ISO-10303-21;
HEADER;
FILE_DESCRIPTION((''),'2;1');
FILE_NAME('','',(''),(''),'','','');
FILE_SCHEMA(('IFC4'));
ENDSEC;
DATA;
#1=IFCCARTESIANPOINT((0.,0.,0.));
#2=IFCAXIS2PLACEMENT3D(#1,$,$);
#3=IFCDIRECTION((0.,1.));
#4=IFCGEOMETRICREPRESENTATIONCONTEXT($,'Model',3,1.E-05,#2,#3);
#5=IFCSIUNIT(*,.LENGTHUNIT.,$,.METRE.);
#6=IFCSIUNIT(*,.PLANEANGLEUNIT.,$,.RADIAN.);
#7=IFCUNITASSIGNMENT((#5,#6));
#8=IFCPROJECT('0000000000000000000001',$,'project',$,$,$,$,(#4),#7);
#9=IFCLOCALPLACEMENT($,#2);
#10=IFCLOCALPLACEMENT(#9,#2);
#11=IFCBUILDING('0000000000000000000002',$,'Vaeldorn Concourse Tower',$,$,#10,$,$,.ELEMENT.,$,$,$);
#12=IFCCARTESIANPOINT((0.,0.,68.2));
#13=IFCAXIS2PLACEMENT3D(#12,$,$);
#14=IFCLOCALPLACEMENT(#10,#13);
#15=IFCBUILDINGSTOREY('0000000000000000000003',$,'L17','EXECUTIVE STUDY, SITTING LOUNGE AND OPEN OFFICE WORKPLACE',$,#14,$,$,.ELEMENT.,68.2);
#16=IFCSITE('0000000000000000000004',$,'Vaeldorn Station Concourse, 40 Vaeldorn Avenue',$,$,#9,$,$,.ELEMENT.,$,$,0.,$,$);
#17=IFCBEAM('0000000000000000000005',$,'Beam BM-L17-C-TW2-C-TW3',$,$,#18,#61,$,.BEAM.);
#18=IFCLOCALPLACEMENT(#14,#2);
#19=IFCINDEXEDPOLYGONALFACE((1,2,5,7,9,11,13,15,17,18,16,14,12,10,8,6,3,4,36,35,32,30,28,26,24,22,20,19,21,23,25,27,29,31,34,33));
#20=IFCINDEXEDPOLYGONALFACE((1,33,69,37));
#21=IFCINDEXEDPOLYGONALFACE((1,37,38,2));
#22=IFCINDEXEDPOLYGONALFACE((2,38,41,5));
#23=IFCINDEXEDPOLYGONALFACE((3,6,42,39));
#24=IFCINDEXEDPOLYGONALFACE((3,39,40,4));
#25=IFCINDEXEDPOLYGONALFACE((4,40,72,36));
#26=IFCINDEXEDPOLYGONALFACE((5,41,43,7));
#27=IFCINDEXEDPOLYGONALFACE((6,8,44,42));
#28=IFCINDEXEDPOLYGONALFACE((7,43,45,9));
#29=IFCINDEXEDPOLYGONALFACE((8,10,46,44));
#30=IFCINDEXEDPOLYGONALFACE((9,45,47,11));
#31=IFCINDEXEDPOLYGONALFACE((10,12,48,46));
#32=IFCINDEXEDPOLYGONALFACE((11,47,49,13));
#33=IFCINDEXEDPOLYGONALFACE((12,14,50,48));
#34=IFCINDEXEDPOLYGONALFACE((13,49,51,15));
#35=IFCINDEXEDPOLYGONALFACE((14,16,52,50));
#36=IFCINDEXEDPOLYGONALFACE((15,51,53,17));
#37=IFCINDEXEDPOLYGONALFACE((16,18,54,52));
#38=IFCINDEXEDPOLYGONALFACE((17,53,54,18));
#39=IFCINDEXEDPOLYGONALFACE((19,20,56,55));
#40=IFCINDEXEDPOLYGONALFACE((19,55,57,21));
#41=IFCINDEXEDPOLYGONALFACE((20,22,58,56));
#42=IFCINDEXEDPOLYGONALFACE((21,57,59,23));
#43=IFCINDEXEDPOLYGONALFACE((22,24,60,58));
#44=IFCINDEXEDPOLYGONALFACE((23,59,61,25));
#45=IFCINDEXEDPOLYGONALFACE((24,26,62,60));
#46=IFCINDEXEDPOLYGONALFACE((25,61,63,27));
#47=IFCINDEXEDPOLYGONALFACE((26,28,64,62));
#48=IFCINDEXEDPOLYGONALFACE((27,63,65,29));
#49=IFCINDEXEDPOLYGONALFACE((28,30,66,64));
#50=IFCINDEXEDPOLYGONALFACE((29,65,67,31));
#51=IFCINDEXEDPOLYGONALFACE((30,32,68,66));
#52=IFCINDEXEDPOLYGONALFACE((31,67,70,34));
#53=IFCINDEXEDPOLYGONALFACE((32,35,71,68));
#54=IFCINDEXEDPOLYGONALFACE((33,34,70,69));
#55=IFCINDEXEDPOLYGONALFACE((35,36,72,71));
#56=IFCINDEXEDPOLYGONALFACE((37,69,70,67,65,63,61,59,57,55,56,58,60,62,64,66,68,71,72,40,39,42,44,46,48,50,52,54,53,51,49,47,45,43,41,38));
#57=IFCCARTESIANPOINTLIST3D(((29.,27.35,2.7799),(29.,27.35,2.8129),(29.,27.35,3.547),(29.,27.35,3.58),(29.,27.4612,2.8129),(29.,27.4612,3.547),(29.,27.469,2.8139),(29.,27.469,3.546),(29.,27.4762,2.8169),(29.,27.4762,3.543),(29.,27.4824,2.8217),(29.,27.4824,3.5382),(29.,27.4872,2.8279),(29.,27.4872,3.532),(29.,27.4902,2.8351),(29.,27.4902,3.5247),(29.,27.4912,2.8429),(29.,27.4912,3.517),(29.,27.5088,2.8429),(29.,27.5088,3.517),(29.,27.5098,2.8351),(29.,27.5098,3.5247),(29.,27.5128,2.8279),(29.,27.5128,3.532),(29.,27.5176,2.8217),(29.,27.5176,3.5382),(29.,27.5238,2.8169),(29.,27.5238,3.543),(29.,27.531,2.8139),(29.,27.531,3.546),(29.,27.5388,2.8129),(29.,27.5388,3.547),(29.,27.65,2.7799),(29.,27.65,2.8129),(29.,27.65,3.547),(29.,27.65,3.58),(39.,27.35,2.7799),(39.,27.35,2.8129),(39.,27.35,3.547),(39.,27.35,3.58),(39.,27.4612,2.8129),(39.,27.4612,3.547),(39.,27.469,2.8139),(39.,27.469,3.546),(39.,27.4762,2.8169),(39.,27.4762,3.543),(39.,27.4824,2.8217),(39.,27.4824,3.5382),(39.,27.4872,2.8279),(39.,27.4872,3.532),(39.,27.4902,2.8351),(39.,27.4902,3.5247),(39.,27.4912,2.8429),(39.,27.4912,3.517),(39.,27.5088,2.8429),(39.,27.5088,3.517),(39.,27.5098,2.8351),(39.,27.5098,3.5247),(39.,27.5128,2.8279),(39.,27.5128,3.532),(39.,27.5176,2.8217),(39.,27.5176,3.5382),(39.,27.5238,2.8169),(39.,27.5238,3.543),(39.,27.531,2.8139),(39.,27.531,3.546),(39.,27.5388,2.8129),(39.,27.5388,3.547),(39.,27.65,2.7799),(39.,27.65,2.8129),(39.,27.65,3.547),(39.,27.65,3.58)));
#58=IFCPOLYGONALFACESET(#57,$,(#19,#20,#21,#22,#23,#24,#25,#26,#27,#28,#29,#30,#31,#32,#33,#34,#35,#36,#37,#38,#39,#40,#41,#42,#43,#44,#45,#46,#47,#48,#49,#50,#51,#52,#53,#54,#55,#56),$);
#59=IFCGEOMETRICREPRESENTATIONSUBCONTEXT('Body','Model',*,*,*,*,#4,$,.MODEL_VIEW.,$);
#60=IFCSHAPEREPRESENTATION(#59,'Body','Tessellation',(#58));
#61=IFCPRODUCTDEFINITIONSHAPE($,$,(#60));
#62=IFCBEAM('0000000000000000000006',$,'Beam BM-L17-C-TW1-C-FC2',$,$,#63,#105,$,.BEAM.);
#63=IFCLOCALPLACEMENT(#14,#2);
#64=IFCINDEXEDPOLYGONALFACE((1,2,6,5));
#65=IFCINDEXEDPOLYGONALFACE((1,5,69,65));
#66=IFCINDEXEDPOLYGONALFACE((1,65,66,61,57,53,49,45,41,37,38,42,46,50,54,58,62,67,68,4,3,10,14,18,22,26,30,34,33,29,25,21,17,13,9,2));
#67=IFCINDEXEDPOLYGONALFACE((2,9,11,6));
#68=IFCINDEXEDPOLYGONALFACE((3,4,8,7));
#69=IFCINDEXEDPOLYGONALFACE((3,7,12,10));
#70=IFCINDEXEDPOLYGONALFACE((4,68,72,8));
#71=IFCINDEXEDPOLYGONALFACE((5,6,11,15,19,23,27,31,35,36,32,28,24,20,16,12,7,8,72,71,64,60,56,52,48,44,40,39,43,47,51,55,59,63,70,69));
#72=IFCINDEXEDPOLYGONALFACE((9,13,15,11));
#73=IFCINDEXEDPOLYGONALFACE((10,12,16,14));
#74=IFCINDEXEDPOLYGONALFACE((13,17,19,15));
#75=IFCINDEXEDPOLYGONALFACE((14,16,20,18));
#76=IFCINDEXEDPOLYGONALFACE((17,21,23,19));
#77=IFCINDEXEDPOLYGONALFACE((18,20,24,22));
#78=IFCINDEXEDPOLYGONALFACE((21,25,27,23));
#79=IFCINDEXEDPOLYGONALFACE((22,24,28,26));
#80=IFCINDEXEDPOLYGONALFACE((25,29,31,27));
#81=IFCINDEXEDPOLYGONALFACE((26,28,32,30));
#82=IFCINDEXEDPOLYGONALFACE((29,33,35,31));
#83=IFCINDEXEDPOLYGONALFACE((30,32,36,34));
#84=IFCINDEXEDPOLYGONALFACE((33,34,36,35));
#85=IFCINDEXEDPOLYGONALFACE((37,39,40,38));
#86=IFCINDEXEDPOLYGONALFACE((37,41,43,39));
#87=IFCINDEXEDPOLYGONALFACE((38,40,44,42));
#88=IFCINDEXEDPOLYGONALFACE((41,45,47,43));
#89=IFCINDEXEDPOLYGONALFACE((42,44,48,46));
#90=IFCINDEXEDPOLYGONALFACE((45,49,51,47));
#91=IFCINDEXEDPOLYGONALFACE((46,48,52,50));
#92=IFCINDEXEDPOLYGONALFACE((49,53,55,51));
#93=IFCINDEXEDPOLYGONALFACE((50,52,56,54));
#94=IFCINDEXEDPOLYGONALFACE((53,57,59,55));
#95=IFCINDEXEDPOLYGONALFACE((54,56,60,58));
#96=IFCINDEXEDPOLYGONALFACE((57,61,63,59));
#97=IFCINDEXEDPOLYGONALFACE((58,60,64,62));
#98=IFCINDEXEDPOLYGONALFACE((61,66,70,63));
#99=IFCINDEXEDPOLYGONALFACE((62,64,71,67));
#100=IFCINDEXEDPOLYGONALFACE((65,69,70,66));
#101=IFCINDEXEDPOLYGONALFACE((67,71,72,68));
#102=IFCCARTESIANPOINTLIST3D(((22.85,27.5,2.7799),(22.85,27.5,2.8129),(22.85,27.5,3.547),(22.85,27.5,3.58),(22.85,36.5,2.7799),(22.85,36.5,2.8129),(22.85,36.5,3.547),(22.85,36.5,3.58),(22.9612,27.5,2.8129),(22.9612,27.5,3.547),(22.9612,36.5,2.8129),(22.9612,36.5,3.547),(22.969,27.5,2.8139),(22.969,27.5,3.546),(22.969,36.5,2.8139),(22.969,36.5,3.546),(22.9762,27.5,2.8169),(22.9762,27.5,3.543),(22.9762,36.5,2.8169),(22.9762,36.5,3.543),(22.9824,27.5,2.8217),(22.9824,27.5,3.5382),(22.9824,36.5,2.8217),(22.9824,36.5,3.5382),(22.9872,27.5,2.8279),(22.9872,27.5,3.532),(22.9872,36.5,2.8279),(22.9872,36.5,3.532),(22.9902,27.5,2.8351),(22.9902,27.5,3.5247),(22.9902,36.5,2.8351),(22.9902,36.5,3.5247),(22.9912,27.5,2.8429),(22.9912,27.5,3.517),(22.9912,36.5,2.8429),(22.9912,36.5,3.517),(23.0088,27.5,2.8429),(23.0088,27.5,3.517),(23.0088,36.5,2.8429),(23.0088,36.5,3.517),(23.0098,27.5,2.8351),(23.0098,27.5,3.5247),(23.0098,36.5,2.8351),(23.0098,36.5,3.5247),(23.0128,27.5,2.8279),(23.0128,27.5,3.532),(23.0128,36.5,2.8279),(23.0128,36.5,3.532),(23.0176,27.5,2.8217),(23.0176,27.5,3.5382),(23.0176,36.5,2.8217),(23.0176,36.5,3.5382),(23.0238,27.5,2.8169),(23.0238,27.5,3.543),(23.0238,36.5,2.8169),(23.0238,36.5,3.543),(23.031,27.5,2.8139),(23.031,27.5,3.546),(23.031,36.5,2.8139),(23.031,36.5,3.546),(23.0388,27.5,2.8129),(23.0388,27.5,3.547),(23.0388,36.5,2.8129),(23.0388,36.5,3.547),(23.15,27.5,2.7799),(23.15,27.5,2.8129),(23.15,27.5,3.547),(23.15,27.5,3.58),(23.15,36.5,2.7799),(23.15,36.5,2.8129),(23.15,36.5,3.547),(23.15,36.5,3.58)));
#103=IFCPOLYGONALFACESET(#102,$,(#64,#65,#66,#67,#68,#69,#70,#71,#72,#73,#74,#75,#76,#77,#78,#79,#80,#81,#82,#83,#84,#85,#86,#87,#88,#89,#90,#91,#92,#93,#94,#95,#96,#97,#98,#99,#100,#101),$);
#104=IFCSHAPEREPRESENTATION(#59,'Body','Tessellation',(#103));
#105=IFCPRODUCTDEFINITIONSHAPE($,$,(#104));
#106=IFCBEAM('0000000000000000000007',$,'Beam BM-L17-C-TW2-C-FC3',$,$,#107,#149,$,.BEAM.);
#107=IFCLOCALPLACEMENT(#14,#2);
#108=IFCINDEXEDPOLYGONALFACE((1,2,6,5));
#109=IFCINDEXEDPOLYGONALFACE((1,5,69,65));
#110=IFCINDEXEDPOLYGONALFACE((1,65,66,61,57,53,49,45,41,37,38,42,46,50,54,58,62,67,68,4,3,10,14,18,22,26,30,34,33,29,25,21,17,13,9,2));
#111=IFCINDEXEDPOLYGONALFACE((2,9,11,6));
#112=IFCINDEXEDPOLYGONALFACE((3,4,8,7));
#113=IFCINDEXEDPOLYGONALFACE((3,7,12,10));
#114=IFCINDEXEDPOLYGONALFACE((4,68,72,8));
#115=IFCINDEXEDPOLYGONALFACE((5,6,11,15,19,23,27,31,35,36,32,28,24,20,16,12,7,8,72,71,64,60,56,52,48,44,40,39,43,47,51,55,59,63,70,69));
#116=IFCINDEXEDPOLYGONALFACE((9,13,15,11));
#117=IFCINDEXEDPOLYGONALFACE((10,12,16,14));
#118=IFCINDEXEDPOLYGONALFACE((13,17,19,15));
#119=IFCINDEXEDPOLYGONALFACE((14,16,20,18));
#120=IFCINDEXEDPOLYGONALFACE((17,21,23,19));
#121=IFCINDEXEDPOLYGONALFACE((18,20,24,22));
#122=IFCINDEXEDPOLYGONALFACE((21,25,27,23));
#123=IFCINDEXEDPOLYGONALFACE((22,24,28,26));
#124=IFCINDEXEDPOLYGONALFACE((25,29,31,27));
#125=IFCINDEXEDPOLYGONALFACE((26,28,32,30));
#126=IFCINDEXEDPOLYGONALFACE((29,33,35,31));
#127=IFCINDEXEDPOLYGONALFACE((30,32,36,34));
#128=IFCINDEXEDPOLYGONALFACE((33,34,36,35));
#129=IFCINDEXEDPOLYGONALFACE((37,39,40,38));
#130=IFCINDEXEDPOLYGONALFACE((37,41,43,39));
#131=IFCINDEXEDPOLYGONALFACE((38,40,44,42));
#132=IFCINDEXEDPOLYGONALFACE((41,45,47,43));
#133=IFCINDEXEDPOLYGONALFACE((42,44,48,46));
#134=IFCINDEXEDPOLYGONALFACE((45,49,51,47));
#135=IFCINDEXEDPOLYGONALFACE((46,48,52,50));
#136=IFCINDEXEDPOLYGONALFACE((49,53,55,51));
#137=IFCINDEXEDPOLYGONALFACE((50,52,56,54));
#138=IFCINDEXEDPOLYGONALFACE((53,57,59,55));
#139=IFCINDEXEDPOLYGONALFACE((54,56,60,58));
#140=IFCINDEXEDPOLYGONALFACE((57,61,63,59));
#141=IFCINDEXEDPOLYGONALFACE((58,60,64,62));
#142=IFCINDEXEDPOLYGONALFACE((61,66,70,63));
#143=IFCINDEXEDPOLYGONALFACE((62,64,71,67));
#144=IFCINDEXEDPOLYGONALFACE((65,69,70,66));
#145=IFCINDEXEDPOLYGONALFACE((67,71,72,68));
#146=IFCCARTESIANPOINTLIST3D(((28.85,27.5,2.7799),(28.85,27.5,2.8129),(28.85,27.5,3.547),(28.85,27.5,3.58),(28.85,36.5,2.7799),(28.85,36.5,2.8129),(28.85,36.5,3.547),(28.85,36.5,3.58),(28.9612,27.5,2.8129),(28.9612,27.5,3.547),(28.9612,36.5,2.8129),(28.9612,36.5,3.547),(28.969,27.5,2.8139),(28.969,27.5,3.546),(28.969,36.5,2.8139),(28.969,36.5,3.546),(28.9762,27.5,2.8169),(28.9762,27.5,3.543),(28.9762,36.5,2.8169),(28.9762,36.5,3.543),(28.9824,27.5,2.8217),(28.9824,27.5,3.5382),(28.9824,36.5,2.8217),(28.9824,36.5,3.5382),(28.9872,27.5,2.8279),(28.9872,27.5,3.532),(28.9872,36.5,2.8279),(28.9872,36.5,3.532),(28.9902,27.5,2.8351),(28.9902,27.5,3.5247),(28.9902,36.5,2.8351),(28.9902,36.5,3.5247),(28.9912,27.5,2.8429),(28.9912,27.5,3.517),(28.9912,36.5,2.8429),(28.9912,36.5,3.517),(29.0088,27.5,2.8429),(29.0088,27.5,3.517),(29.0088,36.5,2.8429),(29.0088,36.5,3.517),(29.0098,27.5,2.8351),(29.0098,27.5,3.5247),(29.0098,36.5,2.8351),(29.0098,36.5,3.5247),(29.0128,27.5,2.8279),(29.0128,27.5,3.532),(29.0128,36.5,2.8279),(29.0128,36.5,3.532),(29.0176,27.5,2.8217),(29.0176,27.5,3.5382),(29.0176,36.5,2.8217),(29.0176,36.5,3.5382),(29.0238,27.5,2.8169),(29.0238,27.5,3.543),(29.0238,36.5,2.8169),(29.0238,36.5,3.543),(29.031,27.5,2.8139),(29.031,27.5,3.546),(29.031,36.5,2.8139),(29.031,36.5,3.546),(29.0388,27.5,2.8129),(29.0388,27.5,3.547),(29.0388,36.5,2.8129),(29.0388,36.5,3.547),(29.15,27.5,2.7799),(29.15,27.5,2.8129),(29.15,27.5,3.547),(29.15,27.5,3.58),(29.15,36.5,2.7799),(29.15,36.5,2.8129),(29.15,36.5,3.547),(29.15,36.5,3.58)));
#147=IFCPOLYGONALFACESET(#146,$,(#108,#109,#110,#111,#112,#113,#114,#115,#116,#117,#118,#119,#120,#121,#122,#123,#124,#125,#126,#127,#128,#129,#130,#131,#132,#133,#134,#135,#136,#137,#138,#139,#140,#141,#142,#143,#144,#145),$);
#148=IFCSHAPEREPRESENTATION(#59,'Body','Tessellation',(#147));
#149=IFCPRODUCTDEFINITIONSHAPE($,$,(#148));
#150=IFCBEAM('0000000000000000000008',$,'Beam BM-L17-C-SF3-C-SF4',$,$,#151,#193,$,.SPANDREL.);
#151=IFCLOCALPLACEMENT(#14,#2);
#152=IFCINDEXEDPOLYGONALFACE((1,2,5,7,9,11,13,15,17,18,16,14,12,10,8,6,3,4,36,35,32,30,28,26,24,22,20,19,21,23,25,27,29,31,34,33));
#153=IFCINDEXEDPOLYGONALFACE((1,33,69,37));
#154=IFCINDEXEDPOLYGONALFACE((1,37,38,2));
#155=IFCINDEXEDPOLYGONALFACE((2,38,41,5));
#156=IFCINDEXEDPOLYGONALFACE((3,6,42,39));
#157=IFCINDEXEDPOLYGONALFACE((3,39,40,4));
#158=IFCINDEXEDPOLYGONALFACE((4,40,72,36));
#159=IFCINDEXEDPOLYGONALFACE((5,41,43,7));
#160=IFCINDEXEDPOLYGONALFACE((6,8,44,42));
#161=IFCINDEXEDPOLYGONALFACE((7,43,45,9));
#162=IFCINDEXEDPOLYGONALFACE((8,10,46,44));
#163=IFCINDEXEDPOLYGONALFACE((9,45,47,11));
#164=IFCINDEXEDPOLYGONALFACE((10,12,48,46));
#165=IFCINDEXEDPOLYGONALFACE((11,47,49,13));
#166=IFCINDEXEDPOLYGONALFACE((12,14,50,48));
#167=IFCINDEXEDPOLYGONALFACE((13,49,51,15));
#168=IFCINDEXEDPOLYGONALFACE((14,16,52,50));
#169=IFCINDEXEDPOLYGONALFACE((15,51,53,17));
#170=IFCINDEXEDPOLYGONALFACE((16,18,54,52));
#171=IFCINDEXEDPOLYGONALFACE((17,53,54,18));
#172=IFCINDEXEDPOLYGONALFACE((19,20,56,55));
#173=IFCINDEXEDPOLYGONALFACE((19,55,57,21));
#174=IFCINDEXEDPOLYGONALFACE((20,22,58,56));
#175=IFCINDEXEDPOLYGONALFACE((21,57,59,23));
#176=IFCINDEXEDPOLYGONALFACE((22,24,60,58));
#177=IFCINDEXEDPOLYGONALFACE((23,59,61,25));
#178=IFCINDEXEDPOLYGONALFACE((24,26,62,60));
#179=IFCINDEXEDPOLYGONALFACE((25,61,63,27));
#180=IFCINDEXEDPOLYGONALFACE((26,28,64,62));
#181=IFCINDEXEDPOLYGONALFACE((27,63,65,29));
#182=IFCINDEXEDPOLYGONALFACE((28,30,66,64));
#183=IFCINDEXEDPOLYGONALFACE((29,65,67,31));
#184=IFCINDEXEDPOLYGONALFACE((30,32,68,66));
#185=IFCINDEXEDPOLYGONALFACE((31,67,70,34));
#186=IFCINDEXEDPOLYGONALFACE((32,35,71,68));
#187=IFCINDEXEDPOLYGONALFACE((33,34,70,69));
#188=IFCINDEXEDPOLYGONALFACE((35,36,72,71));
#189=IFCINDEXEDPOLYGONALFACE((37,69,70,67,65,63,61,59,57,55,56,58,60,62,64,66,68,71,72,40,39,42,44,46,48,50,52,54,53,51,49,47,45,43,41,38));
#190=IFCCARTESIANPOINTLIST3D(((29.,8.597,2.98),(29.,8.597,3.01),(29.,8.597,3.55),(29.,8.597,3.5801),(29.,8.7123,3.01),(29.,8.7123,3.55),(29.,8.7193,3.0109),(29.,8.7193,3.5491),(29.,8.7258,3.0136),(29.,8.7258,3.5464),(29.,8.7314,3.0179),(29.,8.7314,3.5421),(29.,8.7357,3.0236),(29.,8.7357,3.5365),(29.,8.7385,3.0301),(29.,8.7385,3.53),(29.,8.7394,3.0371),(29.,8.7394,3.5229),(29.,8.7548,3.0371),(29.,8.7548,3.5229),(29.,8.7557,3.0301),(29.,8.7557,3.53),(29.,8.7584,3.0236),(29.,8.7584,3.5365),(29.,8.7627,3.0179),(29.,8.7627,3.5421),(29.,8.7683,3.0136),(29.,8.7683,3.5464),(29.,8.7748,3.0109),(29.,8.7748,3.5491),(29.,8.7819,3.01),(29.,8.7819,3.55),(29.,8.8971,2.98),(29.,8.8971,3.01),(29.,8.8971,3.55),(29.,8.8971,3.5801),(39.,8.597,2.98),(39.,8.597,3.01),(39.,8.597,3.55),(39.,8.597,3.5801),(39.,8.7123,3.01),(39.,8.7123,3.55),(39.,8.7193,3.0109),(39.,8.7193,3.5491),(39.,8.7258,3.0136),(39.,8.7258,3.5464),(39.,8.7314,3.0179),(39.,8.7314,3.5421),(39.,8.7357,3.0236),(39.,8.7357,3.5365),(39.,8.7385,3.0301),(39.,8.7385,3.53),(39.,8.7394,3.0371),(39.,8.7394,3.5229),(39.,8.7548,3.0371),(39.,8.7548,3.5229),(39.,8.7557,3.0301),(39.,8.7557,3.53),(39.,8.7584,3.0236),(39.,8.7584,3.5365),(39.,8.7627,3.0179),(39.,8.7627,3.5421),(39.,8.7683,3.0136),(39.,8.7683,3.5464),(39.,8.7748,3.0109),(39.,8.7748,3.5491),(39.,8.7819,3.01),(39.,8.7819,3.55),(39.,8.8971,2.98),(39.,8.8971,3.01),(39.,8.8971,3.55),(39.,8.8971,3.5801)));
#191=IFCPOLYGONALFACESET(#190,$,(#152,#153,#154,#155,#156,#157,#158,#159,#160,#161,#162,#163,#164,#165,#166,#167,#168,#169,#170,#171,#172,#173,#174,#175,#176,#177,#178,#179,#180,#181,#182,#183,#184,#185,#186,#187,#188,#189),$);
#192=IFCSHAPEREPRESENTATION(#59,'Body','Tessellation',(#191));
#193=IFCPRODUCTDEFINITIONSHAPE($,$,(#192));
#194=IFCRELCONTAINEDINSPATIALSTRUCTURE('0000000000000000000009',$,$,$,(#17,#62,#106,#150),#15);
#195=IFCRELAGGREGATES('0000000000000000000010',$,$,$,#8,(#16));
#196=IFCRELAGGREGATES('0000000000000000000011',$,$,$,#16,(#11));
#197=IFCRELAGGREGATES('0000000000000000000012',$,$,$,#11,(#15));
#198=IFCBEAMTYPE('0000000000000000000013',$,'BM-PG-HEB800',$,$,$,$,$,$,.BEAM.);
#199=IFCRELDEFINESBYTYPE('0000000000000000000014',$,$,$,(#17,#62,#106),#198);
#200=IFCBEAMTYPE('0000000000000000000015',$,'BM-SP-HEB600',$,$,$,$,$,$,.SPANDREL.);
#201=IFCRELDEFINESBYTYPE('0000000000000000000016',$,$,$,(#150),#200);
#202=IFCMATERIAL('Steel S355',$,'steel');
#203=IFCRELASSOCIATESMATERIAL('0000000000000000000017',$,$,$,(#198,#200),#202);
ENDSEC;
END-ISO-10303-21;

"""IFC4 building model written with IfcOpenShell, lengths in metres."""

from ifc_helpers import new_model, si_unit, direction, frame, origin, origin_2d, place, context, subcontext, project, spatial, i_section, extrude, source, transform, mapped, material, material_profile, profile_set, type_object, element, save


model = new_model("IFC4")

# Units and contexts
model_context = context("Model", 3, precision=1e-05, world=origin(), true_north=direction((0.0, 1.0)))
body_context = subcontext(model_context, "Body", "Model", "MODEL_VIEW")
ifc_project = project(units=[si_unit("LENGTHUNIT", "METRE"), si_unit("PLANEANGLEUNIT", "RADIAN")], contexts=[model_context])

# Site, building, storey
site_placement = place(None, origin())
site = spatial("IfcSite", under=ifc_project, at=site_placement, Name="Vaeldorn Station Concourse, 40 Vaeldorn Avenue", CompositionType="ELEMENT", RefElevation=0.0)
building_placement = place(site_placement, origin())
building = spatial("IfcBuilding", under=site, at=building_placement, Name="Vaeldorn Concourse Tower", CompositionType="ELEMENT")
storey_placement = place(building_placement, frame((0.0, 0.0, 68.2)))
storey = spatial("IfcBuildingStorey", under=building, at=storey_placement, Name="L17", Description="EXECUTIVE STUDY, SITTING LOUNGE AND OPEN OFFICE WORKPLACE", CompositionType="ELEMENT", Elevation=68.2)

# Beams
ifc_material_1 = material(Name="Steel S355", Category="steel")
ifc_material_profile_1 = material_profile(ifc_material_1, i_section(OverallWidth=0.3, OverallDepth=0.8, WebThickness=0.0176, FlangeThickness=0.033, FilletRadius=0.03, at=origin_2d()), Name="HEB 800")
ifc_profile_set_1 = profile_set([ifc_material_profile_1], Name="Steel S355")
beam_type_1 = type_object("IfcBeamType", Name="BM-PG-HEB800", PredefinedType="BEAM", material=ifc_profile_set_1)
shared_shape_1 = source(origin(), body_context, "Body", "SweptSolid", [
    extrude(i_section(OverallWidth=0.3, OverallDepth=0.8, WebThickness=0.0176, FlangeThickness=0.033, FilletRadius=0.03, at=origin_2d()), origin(), (0.0, 0.0, 1.0), 10.0),
])
beam_1_placement = place(storey_placement, frame((29.0, 27.5, 3.1799), z_axis=(1.0, 0.0, 0.0), x_axis=(0.0, 1.0, 0.0)))
element("IfcBeam", 1, at=beam_1_placement, inside=storey, type_object=beam_type_1, Name="Beam BM-L17-C-TW2-C-TW3", PredefinedType="BEAM", context=body_context, shape_type="MappedRepresentation", body=[
    mapped(shared_shape_1, transform((0.0, 0.0, 0.0), scale=1.0)),
])
shared_shape_2 = source(origin(), body_context, "Body", "SweptSolid", [
    extrude(i_section(OverallWidth=0.3, OverallDepth=0.8, WebThickness=0.0176, FlangeThickness=0.033, FilletRadius=0.03, at=origin_2d()), origin(), (0.0, 0.0, 1.0), 9.0),
])
for number, where, z_axis, x_axis, name in (
    (2, (23.0, 27.5, 3.1799), (0.0, 1.0, 0.0), (-1.0, 0.0, 0.0), "Beam BM-L17-C-TW1-C-FC2"),
    (3, (29.0, 27.5, 3.1799), (0.0, 1.0, 0.0), (-1.0, 0.0, 0.0), "Beam BM-L17-C-TW2-C-FC3"),
):
    element("IfcBeam", number, at=place(storey_placement, frame(where, z_axis=z_axis, x_axis=x_axis)), inside=storey, type_object=beam_type_1, Name=name, PredefinedType="BEAM", context=body_context, shape_type="MappedRepresentation", body=[
        mapped(shared_shape_2, transform((0.0, 0.0, 0.0), scale=1.0)),
    ])
ifc_material_profile_2 = material_profile(ifc_material_1, i_section(OverallWidth=0.3, OverallDepth=0.6001, WebThickness=0.0154, FlangeThickness=0.03, FilletRadius=0.0271, at=origin_2d()), Name="HEB 600")
ifc_profile_set_2 = profile_set([ifc_material_profile_2], Name="Steel S355")
beam_type_2 = type_object("IfcBeamType", Name="BM-SP-HEB600", PredefinedType="SPANDREL", material=ifc_profile_set_2)
shared_shape_3 = source(origin(), body_context, "Body", "SweptSolid", [
    extrude(i_section(OverallWidth=0.3, OverallDepth=0.6001, WebThickness=0.0154, FlangeThickness=0.03, FilletRadius=0.0271, at=origin_2d()), origin(), (0.0, 0.0, 1.0), 10.0),
])
beam_2_placement = place(storey_placement, frame((29.0, 8.7471, 3.28), z_axis=(1.0, 0.0, 0.0), x_axis=(0.0, 1.0, 0.0)))
element("IfcBeam", 4, at=beam_2_placement, inside=storey, type_object=beam_type_2, Name="Beam BM-L17-C-SF3-C-SF4", PredefinedType="SPANDREL", context=body_context, shape_type="MappedRepresentation", body=[
    mapped(shared_shape_3, transform((0.0, 0.0, 0.0), scale=1.0)),
])

save(model, "model.ifc")
